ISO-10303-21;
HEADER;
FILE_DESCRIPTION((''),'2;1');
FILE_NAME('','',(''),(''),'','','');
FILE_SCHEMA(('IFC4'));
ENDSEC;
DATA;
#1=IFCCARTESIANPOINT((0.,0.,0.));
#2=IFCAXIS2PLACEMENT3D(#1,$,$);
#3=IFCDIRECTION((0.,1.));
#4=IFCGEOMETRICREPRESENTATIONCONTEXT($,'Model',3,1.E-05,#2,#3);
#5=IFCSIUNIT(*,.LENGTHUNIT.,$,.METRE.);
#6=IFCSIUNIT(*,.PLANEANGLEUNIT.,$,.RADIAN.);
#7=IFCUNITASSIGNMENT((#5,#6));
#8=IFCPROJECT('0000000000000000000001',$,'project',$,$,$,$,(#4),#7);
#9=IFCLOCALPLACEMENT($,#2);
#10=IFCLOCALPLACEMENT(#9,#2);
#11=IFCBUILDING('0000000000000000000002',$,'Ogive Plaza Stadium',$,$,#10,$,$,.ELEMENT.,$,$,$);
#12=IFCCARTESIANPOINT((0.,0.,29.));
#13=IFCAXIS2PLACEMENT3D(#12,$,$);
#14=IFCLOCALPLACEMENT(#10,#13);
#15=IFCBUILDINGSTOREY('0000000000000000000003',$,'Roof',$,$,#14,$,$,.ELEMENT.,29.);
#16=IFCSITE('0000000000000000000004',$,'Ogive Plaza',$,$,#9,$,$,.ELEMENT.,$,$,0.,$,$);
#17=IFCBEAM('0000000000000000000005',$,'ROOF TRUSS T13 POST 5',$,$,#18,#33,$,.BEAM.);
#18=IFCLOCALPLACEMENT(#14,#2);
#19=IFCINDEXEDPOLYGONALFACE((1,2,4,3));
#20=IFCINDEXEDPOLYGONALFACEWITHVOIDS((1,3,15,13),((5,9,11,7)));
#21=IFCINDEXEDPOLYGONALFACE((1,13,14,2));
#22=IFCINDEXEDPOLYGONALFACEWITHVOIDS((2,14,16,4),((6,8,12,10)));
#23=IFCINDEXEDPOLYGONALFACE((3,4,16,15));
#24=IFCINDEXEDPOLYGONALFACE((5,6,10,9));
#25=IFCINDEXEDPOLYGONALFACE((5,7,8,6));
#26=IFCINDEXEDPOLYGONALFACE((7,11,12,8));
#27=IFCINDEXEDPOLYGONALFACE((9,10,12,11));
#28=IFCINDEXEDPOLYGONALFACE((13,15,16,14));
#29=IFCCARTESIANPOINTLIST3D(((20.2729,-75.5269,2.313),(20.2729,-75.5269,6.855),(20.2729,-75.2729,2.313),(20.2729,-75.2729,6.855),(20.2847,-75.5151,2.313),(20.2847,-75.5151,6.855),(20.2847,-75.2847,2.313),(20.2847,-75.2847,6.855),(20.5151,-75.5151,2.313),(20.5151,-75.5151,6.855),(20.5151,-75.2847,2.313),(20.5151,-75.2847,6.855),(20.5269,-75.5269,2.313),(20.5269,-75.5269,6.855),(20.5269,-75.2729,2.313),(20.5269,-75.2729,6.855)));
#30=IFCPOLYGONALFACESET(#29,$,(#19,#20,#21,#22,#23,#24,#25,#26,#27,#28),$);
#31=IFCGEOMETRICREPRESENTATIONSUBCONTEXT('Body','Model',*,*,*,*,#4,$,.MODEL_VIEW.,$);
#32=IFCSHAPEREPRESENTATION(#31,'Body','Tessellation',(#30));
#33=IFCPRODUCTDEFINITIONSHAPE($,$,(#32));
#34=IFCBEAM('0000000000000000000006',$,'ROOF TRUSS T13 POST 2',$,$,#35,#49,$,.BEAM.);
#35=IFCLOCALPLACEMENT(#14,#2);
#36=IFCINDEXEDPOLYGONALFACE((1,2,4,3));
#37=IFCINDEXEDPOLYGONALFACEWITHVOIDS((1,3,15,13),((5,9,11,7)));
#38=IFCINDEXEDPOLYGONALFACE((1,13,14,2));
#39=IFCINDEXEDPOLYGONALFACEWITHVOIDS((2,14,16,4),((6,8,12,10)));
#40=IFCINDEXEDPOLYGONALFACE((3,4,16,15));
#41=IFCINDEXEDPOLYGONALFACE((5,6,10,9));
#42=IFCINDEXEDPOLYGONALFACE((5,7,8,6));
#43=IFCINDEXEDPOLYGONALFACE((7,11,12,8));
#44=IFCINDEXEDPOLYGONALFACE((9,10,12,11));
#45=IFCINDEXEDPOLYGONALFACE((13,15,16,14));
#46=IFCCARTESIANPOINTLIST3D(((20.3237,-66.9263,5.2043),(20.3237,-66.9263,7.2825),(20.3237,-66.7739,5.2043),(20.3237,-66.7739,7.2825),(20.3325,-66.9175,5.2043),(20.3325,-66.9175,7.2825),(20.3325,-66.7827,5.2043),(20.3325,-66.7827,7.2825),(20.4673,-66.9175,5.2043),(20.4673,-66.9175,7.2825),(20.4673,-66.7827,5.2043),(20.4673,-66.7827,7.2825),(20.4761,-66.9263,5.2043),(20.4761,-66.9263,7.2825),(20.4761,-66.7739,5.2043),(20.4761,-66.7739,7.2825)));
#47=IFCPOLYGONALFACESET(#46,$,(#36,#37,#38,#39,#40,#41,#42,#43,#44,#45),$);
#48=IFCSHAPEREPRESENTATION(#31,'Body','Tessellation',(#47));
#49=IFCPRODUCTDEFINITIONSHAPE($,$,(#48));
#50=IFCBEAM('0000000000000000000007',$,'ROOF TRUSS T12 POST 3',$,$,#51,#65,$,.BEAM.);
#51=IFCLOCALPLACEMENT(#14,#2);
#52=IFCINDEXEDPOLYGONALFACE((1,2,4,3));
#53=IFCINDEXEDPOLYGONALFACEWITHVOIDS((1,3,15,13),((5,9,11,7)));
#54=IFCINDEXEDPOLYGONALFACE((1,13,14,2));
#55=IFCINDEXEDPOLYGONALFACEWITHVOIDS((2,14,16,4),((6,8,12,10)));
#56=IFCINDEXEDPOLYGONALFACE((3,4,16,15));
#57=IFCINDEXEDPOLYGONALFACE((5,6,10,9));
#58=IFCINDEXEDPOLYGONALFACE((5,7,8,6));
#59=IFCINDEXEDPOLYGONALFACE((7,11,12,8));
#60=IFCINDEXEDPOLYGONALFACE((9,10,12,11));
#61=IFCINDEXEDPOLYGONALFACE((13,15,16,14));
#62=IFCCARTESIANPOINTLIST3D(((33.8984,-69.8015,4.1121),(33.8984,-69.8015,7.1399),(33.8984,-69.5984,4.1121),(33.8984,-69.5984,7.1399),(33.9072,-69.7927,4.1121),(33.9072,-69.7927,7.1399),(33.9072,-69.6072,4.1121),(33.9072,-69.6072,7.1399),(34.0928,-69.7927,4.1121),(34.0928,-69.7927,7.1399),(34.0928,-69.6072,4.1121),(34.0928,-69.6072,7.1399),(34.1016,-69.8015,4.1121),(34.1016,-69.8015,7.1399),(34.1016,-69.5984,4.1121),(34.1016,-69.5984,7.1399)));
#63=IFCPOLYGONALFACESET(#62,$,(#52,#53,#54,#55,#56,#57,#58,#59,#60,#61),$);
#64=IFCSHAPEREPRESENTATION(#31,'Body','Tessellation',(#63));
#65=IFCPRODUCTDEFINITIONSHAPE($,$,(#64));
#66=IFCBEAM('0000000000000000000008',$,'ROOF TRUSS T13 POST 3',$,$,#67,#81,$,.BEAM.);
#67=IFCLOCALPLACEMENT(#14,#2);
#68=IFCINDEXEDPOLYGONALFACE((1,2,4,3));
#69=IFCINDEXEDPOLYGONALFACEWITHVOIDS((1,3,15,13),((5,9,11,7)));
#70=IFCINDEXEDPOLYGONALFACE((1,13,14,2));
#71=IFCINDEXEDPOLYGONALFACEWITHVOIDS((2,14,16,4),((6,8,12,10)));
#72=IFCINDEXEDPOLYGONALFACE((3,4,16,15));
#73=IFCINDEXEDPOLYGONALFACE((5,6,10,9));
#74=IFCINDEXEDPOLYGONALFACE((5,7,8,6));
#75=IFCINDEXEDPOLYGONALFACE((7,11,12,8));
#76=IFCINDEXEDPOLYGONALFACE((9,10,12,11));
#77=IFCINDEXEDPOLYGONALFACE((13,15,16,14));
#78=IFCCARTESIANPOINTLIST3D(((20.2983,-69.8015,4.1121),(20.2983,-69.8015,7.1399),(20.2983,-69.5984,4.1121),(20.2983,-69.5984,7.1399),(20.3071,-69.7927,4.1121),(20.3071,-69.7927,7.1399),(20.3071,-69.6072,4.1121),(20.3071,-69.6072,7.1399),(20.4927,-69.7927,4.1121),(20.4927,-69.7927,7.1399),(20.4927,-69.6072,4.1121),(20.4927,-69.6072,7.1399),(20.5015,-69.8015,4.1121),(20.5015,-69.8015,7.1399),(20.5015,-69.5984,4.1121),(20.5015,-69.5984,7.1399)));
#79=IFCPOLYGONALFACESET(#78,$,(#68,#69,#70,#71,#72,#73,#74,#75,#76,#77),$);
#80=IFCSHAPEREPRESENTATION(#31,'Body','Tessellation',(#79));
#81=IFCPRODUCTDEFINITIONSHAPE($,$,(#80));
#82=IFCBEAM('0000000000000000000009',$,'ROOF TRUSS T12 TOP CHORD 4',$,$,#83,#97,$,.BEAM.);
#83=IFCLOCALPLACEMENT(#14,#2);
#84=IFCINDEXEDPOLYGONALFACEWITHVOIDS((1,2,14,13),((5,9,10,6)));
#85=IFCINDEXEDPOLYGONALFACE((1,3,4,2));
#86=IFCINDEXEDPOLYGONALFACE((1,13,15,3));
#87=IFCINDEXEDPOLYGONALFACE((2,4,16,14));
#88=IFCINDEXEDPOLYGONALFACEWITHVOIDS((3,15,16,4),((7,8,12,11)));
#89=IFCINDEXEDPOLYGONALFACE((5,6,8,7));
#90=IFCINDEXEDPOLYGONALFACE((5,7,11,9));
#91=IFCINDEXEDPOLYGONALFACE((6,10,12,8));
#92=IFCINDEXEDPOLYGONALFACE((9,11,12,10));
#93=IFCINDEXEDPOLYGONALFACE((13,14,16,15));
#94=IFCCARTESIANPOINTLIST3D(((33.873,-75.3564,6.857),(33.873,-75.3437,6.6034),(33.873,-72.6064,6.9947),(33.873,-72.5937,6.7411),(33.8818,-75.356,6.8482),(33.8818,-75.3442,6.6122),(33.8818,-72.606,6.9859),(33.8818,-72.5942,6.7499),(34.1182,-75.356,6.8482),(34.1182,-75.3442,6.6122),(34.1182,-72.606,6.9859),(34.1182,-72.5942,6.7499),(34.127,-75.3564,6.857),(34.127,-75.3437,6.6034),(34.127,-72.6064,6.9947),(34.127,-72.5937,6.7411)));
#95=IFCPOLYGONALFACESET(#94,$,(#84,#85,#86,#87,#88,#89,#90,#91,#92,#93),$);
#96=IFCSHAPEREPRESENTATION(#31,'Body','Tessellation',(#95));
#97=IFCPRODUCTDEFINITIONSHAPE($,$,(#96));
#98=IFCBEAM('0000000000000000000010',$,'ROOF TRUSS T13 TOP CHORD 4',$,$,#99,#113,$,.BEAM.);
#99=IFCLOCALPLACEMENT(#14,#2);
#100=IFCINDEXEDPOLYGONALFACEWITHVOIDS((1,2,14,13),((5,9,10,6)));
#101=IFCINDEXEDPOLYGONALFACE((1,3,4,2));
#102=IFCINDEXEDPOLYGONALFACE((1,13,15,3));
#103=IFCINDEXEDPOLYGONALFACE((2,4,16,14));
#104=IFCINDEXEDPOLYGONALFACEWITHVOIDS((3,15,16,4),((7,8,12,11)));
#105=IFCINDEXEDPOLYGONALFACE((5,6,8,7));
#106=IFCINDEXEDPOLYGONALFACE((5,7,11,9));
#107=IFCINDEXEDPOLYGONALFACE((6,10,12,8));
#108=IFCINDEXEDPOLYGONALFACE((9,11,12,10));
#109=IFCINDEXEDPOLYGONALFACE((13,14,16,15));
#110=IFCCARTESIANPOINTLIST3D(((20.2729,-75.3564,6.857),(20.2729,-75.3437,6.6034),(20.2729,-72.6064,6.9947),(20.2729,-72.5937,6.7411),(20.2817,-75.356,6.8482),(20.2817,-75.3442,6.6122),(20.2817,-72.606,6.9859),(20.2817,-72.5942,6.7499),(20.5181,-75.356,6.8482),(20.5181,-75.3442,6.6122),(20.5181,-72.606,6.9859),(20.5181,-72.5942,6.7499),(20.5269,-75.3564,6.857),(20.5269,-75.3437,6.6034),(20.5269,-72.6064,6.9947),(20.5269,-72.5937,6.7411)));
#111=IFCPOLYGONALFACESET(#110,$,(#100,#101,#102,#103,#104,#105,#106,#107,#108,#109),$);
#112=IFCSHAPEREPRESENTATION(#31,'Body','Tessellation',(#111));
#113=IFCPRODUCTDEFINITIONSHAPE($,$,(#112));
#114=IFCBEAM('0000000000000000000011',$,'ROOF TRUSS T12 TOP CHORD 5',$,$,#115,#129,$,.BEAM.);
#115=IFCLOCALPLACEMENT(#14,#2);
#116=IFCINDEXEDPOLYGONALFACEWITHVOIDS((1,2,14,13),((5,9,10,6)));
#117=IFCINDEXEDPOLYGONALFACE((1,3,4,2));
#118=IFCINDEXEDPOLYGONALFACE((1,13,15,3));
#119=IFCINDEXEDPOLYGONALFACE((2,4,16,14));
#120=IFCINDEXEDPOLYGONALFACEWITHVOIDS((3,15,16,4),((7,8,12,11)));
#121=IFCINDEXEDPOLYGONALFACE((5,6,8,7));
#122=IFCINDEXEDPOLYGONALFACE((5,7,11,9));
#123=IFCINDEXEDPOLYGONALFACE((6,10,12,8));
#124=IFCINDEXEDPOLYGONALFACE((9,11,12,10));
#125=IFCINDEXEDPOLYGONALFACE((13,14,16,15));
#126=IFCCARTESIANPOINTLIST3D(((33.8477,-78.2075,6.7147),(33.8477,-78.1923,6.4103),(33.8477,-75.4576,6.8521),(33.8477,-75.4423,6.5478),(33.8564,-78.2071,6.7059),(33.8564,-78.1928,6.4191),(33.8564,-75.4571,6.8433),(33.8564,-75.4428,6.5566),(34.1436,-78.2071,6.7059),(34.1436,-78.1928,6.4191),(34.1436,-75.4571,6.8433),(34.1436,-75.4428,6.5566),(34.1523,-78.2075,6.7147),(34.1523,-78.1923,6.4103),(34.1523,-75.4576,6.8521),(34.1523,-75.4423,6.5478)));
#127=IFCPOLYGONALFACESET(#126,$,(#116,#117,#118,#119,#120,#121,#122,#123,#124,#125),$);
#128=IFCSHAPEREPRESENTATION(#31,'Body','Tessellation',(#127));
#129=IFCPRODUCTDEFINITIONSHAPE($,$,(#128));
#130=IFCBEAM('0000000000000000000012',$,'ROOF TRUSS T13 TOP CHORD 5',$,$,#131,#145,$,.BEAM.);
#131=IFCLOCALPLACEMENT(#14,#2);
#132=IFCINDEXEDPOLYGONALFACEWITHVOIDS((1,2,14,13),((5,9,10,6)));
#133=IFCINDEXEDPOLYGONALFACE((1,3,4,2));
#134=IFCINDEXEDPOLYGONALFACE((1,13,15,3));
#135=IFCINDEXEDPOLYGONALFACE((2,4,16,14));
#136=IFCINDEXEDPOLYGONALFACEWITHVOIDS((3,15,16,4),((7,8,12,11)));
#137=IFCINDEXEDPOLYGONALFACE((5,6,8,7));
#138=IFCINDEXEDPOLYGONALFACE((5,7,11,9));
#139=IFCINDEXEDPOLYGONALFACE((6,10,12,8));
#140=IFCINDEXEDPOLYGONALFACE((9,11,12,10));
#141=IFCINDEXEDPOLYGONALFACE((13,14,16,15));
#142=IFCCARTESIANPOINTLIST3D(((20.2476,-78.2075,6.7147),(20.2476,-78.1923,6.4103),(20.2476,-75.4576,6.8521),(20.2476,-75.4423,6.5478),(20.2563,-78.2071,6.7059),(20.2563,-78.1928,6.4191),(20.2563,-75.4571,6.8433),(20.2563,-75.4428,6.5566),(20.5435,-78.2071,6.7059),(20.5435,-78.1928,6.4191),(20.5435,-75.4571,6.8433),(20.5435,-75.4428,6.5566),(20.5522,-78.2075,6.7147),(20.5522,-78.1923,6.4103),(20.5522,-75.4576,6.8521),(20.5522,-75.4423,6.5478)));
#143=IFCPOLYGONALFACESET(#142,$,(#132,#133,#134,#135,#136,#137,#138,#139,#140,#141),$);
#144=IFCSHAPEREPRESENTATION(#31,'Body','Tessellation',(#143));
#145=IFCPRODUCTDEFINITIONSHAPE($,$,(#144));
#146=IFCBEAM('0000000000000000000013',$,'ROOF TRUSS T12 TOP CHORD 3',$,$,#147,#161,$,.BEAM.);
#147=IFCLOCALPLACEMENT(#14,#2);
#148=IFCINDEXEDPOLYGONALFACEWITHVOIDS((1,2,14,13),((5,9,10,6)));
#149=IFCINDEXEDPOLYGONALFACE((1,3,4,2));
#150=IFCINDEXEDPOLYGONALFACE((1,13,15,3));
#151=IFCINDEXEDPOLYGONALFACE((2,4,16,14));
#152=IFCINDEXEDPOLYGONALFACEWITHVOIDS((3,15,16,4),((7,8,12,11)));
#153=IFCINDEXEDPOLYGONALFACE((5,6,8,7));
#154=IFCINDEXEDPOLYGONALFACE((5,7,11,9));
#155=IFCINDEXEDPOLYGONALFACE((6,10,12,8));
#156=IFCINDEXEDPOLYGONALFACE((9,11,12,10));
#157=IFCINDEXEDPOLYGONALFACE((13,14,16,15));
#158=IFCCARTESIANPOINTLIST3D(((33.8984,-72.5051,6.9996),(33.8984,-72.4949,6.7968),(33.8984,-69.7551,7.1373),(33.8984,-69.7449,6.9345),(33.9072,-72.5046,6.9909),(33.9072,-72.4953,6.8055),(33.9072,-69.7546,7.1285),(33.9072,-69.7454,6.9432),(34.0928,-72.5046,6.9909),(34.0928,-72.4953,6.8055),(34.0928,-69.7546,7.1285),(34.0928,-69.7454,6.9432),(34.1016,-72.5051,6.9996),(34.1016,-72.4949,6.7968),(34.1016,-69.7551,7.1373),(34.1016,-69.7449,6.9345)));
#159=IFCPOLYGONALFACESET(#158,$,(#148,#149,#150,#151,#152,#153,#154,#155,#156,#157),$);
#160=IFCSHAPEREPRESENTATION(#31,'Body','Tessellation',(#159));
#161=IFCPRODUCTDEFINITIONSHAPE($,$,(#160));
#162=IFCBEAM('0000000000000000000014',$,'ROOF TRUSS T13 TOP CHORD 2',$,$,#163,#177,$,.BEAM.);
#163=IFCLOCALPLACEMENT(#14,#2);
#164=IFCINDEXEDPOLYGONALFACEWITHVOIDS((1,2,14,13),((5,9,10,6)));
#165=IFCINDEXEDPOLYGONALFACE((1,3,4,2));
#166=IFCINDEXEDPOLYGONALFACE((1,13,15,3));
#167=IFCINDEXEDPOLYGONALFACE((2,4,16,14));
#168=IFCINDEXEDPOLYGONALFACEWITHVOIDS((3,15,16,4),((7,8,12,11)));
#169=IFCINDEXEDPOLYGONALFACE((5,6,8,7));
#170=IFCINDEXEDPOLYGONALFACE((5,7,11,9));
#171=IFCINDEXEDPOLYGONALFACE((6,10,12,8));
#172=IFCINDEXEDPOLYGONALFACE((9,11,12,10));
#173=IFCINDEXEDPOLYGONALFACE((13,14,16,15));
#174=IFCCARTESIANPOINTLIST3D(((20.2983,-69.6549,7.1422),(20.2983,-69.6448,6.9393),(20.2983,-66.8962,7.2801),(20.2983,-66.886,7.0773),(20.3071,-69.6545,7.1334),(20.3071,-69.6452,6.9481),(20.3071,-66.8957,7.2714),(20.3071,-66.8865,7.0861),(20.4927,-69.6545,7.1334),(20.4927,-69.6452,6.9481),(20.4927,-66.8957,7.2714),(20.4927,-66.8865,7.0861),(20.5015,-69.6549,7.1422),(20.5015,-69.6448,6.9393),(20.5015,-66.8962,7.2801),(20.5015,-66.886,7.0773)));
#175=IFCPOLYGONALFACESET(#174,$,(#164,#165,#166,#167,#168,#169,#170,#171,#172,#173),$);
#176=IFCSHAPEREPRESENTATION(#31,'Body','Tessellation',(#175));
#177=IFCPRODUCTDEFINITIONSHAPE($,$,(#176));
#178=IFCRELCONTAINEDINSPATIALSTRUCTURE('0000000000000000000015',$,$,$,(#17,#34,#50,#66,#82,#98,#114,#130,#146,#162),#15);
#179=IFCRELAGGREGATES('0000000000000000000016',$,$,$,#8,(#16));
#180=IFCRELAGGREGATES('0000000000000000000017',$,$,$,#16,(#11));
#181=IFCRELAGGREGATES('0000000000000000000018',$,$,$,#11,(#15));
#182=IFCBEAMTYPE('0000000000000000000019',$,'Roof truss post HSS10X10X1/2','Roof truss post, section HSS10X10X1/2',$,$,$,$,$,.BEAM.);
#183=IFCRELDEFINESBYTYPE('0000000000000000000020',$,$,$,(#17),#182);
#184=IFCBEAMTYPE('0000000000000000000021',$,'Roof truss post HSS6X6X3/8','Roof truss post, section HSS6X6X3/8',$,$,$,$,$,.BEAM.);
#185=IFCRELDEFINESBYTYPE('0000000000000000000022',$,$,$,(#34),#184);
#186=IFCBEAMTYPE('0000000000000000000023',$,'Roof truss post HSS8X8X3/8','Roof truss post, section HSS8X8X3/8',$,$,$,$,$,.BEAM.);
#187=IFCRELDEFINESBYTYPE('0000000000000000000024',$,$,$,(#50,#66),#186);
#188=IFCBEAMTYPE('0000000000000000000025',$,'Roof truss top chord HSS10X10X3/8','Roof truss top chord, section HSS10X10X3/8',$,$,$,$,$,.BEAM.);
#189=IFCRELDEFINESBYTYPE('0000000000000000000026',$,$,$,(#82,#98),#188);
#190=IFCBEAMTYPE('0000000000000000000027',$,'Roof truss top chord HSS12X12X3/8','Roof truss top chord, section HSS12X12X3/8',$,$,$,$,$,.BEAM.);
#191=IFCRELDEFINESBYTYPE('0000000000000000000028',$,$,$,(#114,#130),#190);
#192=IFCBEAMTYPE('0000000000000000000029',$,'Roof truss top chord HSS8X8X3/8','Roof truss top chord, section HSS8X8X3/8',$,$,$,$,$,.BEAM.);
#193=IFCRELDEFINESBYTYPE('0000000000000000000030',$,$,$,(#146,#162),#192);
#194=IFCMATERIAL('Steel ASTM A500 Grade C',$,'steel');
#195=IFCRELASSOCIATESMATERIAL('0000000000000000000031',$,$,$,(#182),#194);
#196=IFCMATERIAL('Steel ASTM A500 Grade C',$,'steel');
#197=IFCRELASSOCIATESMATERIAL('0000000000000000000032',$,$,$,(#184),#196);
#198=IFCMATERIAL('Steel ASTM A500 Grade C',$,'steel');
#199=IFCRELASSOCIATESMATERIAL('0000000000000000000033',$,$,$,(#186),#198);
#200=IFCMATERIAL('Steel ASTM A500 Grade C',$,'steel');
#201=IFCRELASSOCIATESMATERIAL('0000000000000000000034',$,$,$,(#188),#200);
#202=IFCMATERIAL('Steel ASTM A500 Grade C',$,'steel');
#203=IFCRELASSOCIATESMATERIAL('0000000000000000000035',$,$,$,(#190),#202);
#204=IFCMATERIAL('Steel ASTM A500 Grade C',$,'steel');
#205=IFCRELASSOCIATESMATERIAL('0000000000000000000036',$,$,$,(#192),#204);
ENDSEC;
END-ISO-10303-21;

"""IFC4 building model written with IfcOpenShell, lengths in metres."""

from ifc_helpers import new_model, si_unit, direction, frame, origin, origin_2d, place, context, subcontext, project, spatial, hollow_rectangle, extrude, material, material_profile, profile_set, type_object, element, save


model = new_model("IFC4")

# Units and contexts
model_context = context("Model", 3, precision=1e-05, world=origin(), true_north=direction((0.0, 1.0)))
body_context = subcontext(model_context, "Body", "Model", "MODEL_VIEW")
ifc_project = project(units=[si_unit("LENGTHUNIT", "METRE"), si_unit("PLANEANGLEUNIT", "RADIAN")], contexts=[model_context])

# Site, building, storey
site_placement = place(None, origin())
site = spatial("IfcSite", under=ifc_project, at=site_placement, Name="Ogive Plaza", CompositionType="ELEMENT", RefElevation=0.0)
building_placement = place(site_placement, origin())
building = spatial("IfcBuilding", under=site, at=building_placement, Name="Ogive Plaza Stadium", CompositionType="ELEMENT")
storey_placement = place(building_placement, frame((0.0, 0.0, 29.0)))
storey = spatial("IfcBuildingStorey", under=building, at=storey_placement, Name="Roof", CompositionType="ELEMENT", Elevation=29.0)

# Beams
ifc_material_1 = material(Name="Steel ASTM A500 Grade C", Category="steel")
ifc_material_profile_1 = material_profile(ifc_material_1, hollow_rectangle(XDim=0.2539, YDim=0.2539, WallThickness=0.0117, at=origin_2d()), Name="HSS10X10X1/2")
ifc_profile_set_1 = profile_set([ifc_material_profile_1], Name="Steel ASTM A500 Grade C")
beam_type_1 = type_object("IfcBeamType", Name="Roof truss post HSS10X10X1/2", Description="Roof truss post, section HSS10X10X1/2", PredefinedType="BEAM", material=ifc_profile_set_1)
beam_1_placement = place(storey_placement, frame((20.3999, -75.3999, 2.313), z_axis=(0.0, 0.0, 1.0), x_axis=(1.0, 0.0, 0.0)))
element("IfcBeam", 1, at=beam_1_placement, inside=storey, type_object=beam_type_1, Name="ROOF TRUSS T13 POST 5", PredefinedType="BEAM", context=body_context, shape_type="SweptSolid", body=[
    extrude(hollow_rectangle(XDim=0.2539, YDim=0.2539, WallThickness=0.0117, at=origin_2d()), origin(), (0.0, 0.0, 1.0), 4.542),
])
ifc_material_2 = material(Name="Steel ASTM A500 Grade C", Category="steel")
ifc_material_profile_2 = material_profile(ifc_material_2, hollow_rectangle(XDim=0.1523, YDim=0.1523, WallThickness=0.0088, at=origin_2d()), Name="HSS6X6X3/8")
ifc_profile_set_2 = profile_set([ifc_material_profile_2], Name="Steel ASTM A500 Grade C")
beam_type_2 = type_object("IfcBeamType", Name="Roof truss post HSS6X6X3/8", Description="Roof truss post, section HSS6X6X3/8", PredefinedType="BEAM", material=ifc_profile_set_2)
beam_2_placement = place(storey_placement, frame((20.3999, -66.8501, 5.2043), z_axis=(0.0, 0.0, 1.0), x_axis=(1.0, 0.0, 0.0)))
element("IfcBeam", 2, at=beam_2_placement, inside=storey, type_object=beam_type_2, Name="ROOF TRUSS T13 POST 2", PredefinedType="BEAM", context=body_context, shape_type="SweptSolid", body=[
    extrude(hollow_rectangle(XDim=0.1523, YDim=0.1523, WallThickness=0.0088, at=origin_2d()), origin(), (0.0, 0.0, 1.0), 2.0781),
])
ifc_material_3 = material(Name="Steel ASTM A500 Grade C", Category="steel")
ifc_material_profile_3 = material_profile(ifc_material_3, hollow_rectangle(XDim=0.2031, YDim=0.2031, WallThickness=0.0088, at=origin_2d()), Name="HSS8X8X3/8")
ifc_profile_set_3 = profile_set([ifc_material_profile_3], Name="Steel ASTM A500 Grade C")
beam_type_3 = type_object("IfcBeamType", Name="Roof truss post HSS8X8X3/8", Description="Roof truss post, section HSS8X8X3/8", PredefinedType="BEAM", material=ifc_profile_set_3)
for number, where, z_axis, x_axis, name in (
    (3, (34.0, -69.7, 4.1121), (0.0, 0.0, 1.0), (1.0, 0.0, 0.0), "ROOF TRUSS T12 POST 3"),
    (4, (20.3999, -69.7, 4.1121), (0.0, 0.0, 1.0), (1.0, 0.0, 0.0), "ROOF TRUSS T13 POST 3"),
):
    element("IfcBeam", number, at=place(storey_placement, frame(where, z_axis=z_axis, x_axis=x_axis)), inside=storey, type_object=beam_type_3, Name=name, PredefinedType="BEAM", context=body_context, shape_type="SweptSolid", body=[
        extrude(hollow_rectangle(XDim=0.2031, YDim=0.2031, WallThickness=0.0088, at=origin_2d()), origin(), (0.0, 0.0, 1.0), 3.0278),
    ])
ifc_material_4 = material(Name="Steel ASTM A500 Grade C", Category="steel")
ifc_material_profile_4 = material_profile(ifc_material_4, hollow_rectangle(XDim=0.2539, YDim=0.2539, WallThickness=0.0088, at=origin_2d()), Name="HSS10X10X3/8")
ifc_profile_set_4 = profile_set([ifc_material_profile_4], Name="Steel ASTM A500 Grade C")
beam_type_4 = type_object("IfcBeamType", Name="Roof truss top chord HSS10X10X3/8", Description="Roof truss top chord, section HSS10X10X3/8", PredefinedType="BEAM", material=ifc_profile_set_4)
for number, where, z_axis, x_axis, name in (
    (5, (34.0, -72.6001, 6.8679), (0.0, -0.998749, -0.050008), (1.0, 0.0, 0.0), "ROOF TRUSS T12 TOP CHORD 4"),
    (6, (20.3999, -72.6001, 6.8679), (0.0, -0.998749, -0.050008), (1.0, 0.0, 0.0), "ROOF TRUSS T13 TOP CHORD 4"),
):
    element("IfcBeam", number, at=place(storey_placement, frame(where, z_axis=z_axis, x_axis=x_axis)), inside=storey, type_object=beam_type_4, Name=name, PredefinedType="BEAM", context=body_context, shape_type="SweptSolid", body=[
        extrude(hollow_rectangle(XDim=0.2539, YDim=0.2539, WallThickness=0.0088, at=origin_2d()), origin(), (0.0, 0.0, 1.0), 2.7534),
    ])
ifc_material_5 = material(Name="Steel ASTM A500 Grade C", Category="steel")
ifc_material_profile_5 = material_profile(ifc_material_5, hollow_rectangle(XDim=0.3047, YDim=0.3047, WallThickness=0.0088, at=origin_2d()), Name="HSS12X12X3/8")
ifc_profile_set_5 = profile_set([ifc_material_profile_5], Name="Steel ASTM A500 Grade C")
beam_type_5 = type_object("IfcBeamType", Name="Roof truss top chord HSS12X12X3/8", Description="Roof truss top chord, section HSS12X12X3/8", PredefinedType="BEAM", material=ifc_profile_set_5)
for number, where, z_axis, x_axis, name in (
    (7, (34.0, -75.45, 6.7), (0.0, -0.998753, -0.04992), (1.0, 0.0, 0.0), "ROOF TRUSS T12 TOP CHORD 5"),
    (8, (20.3999, -75.45, 6.7), (0.0, -0.998753, -0.04992), (1.0, 0.0, 0.0), "ROOF TRUSS T13 TOP CHORD 5"),
):
    element("IfcBeam", number, at=place(storey_placement, frame(where, z_axis=z_axis, x_axis=x_axis)), inside=storey, type_object=beam_type_5, Name=name, PredefinedType="BEAM", context=body_context, shape_type="SweptSolid", body=[
        extrude(hollow_rectangle(XDim=0.3047, YDim=0.3047, WallThickness=0.0088, at=origin_2d()), origin(), (0.0, 0.0, 1.0), 2.7534),
    ])
ifc_material_6 = material(Name="Steel ASTM A500 Grade C", Category="steel")
ifc_material_profile_6 = material_profile(ifc_material_6, hollow_rectangle(XDim=0.2031, YDim=0.2031, WallThickness=0.0088, at=origin_2d()), Name="HSS8X8X3/8")
ifc_profile_set_6 = profile_set([ifc_material_profile_6], Name="Steel ASTM A500 Grade C")
beam_type_6 = type_object("IfcBeamType", Name="Roof truss top chord HSS8X8X3/8", Description="Roof truss top chord, section HSS8X8X3/8", PredefinedType="BEAM", material=ifc_profile_set_6)
beam_3_placement = place(storey_placement, frame((34.0, -69.75, 7.0359), z_axis=(0.0, -0.998749, -0.050008), x_axis=(1.0, 0.0, 0.0)))
element("IfcBeam", 9, at=beam_3_placement, inside=storey, type_object=beam_type_6, Name="ROOF TRUSS T12 TOP CHORD 3", PredefinedType="BEAM", context=body_context, shape_type="SweptSolid", body=[
    extrude(hollow_rectangle(XDim=0.2031, YDim=0.2031, WallThickness=0.0088, at=origin_2d()), origin(), (0.0, 0.0, 1.0), 2.7534),
])
beam_4_placement = place(storey_placement, frame((20.3999, -66.8911, 7.1787), z_axis=(0.0, -0.998752, -0.049938), x_axis=(1.0, 0.0, 0.0)))
element("IfcBeam", 10, at=beam_4_placement, inside=storey, type_object=beam_type_6, Name="ROOF TRUSS T13 TOP CHORD 2", PredefinedType="BEAM", context=body_context, shape_type="SweptSolid", body=[
    extrude(hollow_rectangle(XDim=0.2031, YDim=0.2031, WallThickness=0.0088, at=origin_2d()), origin(), (0.0, 0.0, 1.0), 2.7622),
])

save(model, "model.ifc")
